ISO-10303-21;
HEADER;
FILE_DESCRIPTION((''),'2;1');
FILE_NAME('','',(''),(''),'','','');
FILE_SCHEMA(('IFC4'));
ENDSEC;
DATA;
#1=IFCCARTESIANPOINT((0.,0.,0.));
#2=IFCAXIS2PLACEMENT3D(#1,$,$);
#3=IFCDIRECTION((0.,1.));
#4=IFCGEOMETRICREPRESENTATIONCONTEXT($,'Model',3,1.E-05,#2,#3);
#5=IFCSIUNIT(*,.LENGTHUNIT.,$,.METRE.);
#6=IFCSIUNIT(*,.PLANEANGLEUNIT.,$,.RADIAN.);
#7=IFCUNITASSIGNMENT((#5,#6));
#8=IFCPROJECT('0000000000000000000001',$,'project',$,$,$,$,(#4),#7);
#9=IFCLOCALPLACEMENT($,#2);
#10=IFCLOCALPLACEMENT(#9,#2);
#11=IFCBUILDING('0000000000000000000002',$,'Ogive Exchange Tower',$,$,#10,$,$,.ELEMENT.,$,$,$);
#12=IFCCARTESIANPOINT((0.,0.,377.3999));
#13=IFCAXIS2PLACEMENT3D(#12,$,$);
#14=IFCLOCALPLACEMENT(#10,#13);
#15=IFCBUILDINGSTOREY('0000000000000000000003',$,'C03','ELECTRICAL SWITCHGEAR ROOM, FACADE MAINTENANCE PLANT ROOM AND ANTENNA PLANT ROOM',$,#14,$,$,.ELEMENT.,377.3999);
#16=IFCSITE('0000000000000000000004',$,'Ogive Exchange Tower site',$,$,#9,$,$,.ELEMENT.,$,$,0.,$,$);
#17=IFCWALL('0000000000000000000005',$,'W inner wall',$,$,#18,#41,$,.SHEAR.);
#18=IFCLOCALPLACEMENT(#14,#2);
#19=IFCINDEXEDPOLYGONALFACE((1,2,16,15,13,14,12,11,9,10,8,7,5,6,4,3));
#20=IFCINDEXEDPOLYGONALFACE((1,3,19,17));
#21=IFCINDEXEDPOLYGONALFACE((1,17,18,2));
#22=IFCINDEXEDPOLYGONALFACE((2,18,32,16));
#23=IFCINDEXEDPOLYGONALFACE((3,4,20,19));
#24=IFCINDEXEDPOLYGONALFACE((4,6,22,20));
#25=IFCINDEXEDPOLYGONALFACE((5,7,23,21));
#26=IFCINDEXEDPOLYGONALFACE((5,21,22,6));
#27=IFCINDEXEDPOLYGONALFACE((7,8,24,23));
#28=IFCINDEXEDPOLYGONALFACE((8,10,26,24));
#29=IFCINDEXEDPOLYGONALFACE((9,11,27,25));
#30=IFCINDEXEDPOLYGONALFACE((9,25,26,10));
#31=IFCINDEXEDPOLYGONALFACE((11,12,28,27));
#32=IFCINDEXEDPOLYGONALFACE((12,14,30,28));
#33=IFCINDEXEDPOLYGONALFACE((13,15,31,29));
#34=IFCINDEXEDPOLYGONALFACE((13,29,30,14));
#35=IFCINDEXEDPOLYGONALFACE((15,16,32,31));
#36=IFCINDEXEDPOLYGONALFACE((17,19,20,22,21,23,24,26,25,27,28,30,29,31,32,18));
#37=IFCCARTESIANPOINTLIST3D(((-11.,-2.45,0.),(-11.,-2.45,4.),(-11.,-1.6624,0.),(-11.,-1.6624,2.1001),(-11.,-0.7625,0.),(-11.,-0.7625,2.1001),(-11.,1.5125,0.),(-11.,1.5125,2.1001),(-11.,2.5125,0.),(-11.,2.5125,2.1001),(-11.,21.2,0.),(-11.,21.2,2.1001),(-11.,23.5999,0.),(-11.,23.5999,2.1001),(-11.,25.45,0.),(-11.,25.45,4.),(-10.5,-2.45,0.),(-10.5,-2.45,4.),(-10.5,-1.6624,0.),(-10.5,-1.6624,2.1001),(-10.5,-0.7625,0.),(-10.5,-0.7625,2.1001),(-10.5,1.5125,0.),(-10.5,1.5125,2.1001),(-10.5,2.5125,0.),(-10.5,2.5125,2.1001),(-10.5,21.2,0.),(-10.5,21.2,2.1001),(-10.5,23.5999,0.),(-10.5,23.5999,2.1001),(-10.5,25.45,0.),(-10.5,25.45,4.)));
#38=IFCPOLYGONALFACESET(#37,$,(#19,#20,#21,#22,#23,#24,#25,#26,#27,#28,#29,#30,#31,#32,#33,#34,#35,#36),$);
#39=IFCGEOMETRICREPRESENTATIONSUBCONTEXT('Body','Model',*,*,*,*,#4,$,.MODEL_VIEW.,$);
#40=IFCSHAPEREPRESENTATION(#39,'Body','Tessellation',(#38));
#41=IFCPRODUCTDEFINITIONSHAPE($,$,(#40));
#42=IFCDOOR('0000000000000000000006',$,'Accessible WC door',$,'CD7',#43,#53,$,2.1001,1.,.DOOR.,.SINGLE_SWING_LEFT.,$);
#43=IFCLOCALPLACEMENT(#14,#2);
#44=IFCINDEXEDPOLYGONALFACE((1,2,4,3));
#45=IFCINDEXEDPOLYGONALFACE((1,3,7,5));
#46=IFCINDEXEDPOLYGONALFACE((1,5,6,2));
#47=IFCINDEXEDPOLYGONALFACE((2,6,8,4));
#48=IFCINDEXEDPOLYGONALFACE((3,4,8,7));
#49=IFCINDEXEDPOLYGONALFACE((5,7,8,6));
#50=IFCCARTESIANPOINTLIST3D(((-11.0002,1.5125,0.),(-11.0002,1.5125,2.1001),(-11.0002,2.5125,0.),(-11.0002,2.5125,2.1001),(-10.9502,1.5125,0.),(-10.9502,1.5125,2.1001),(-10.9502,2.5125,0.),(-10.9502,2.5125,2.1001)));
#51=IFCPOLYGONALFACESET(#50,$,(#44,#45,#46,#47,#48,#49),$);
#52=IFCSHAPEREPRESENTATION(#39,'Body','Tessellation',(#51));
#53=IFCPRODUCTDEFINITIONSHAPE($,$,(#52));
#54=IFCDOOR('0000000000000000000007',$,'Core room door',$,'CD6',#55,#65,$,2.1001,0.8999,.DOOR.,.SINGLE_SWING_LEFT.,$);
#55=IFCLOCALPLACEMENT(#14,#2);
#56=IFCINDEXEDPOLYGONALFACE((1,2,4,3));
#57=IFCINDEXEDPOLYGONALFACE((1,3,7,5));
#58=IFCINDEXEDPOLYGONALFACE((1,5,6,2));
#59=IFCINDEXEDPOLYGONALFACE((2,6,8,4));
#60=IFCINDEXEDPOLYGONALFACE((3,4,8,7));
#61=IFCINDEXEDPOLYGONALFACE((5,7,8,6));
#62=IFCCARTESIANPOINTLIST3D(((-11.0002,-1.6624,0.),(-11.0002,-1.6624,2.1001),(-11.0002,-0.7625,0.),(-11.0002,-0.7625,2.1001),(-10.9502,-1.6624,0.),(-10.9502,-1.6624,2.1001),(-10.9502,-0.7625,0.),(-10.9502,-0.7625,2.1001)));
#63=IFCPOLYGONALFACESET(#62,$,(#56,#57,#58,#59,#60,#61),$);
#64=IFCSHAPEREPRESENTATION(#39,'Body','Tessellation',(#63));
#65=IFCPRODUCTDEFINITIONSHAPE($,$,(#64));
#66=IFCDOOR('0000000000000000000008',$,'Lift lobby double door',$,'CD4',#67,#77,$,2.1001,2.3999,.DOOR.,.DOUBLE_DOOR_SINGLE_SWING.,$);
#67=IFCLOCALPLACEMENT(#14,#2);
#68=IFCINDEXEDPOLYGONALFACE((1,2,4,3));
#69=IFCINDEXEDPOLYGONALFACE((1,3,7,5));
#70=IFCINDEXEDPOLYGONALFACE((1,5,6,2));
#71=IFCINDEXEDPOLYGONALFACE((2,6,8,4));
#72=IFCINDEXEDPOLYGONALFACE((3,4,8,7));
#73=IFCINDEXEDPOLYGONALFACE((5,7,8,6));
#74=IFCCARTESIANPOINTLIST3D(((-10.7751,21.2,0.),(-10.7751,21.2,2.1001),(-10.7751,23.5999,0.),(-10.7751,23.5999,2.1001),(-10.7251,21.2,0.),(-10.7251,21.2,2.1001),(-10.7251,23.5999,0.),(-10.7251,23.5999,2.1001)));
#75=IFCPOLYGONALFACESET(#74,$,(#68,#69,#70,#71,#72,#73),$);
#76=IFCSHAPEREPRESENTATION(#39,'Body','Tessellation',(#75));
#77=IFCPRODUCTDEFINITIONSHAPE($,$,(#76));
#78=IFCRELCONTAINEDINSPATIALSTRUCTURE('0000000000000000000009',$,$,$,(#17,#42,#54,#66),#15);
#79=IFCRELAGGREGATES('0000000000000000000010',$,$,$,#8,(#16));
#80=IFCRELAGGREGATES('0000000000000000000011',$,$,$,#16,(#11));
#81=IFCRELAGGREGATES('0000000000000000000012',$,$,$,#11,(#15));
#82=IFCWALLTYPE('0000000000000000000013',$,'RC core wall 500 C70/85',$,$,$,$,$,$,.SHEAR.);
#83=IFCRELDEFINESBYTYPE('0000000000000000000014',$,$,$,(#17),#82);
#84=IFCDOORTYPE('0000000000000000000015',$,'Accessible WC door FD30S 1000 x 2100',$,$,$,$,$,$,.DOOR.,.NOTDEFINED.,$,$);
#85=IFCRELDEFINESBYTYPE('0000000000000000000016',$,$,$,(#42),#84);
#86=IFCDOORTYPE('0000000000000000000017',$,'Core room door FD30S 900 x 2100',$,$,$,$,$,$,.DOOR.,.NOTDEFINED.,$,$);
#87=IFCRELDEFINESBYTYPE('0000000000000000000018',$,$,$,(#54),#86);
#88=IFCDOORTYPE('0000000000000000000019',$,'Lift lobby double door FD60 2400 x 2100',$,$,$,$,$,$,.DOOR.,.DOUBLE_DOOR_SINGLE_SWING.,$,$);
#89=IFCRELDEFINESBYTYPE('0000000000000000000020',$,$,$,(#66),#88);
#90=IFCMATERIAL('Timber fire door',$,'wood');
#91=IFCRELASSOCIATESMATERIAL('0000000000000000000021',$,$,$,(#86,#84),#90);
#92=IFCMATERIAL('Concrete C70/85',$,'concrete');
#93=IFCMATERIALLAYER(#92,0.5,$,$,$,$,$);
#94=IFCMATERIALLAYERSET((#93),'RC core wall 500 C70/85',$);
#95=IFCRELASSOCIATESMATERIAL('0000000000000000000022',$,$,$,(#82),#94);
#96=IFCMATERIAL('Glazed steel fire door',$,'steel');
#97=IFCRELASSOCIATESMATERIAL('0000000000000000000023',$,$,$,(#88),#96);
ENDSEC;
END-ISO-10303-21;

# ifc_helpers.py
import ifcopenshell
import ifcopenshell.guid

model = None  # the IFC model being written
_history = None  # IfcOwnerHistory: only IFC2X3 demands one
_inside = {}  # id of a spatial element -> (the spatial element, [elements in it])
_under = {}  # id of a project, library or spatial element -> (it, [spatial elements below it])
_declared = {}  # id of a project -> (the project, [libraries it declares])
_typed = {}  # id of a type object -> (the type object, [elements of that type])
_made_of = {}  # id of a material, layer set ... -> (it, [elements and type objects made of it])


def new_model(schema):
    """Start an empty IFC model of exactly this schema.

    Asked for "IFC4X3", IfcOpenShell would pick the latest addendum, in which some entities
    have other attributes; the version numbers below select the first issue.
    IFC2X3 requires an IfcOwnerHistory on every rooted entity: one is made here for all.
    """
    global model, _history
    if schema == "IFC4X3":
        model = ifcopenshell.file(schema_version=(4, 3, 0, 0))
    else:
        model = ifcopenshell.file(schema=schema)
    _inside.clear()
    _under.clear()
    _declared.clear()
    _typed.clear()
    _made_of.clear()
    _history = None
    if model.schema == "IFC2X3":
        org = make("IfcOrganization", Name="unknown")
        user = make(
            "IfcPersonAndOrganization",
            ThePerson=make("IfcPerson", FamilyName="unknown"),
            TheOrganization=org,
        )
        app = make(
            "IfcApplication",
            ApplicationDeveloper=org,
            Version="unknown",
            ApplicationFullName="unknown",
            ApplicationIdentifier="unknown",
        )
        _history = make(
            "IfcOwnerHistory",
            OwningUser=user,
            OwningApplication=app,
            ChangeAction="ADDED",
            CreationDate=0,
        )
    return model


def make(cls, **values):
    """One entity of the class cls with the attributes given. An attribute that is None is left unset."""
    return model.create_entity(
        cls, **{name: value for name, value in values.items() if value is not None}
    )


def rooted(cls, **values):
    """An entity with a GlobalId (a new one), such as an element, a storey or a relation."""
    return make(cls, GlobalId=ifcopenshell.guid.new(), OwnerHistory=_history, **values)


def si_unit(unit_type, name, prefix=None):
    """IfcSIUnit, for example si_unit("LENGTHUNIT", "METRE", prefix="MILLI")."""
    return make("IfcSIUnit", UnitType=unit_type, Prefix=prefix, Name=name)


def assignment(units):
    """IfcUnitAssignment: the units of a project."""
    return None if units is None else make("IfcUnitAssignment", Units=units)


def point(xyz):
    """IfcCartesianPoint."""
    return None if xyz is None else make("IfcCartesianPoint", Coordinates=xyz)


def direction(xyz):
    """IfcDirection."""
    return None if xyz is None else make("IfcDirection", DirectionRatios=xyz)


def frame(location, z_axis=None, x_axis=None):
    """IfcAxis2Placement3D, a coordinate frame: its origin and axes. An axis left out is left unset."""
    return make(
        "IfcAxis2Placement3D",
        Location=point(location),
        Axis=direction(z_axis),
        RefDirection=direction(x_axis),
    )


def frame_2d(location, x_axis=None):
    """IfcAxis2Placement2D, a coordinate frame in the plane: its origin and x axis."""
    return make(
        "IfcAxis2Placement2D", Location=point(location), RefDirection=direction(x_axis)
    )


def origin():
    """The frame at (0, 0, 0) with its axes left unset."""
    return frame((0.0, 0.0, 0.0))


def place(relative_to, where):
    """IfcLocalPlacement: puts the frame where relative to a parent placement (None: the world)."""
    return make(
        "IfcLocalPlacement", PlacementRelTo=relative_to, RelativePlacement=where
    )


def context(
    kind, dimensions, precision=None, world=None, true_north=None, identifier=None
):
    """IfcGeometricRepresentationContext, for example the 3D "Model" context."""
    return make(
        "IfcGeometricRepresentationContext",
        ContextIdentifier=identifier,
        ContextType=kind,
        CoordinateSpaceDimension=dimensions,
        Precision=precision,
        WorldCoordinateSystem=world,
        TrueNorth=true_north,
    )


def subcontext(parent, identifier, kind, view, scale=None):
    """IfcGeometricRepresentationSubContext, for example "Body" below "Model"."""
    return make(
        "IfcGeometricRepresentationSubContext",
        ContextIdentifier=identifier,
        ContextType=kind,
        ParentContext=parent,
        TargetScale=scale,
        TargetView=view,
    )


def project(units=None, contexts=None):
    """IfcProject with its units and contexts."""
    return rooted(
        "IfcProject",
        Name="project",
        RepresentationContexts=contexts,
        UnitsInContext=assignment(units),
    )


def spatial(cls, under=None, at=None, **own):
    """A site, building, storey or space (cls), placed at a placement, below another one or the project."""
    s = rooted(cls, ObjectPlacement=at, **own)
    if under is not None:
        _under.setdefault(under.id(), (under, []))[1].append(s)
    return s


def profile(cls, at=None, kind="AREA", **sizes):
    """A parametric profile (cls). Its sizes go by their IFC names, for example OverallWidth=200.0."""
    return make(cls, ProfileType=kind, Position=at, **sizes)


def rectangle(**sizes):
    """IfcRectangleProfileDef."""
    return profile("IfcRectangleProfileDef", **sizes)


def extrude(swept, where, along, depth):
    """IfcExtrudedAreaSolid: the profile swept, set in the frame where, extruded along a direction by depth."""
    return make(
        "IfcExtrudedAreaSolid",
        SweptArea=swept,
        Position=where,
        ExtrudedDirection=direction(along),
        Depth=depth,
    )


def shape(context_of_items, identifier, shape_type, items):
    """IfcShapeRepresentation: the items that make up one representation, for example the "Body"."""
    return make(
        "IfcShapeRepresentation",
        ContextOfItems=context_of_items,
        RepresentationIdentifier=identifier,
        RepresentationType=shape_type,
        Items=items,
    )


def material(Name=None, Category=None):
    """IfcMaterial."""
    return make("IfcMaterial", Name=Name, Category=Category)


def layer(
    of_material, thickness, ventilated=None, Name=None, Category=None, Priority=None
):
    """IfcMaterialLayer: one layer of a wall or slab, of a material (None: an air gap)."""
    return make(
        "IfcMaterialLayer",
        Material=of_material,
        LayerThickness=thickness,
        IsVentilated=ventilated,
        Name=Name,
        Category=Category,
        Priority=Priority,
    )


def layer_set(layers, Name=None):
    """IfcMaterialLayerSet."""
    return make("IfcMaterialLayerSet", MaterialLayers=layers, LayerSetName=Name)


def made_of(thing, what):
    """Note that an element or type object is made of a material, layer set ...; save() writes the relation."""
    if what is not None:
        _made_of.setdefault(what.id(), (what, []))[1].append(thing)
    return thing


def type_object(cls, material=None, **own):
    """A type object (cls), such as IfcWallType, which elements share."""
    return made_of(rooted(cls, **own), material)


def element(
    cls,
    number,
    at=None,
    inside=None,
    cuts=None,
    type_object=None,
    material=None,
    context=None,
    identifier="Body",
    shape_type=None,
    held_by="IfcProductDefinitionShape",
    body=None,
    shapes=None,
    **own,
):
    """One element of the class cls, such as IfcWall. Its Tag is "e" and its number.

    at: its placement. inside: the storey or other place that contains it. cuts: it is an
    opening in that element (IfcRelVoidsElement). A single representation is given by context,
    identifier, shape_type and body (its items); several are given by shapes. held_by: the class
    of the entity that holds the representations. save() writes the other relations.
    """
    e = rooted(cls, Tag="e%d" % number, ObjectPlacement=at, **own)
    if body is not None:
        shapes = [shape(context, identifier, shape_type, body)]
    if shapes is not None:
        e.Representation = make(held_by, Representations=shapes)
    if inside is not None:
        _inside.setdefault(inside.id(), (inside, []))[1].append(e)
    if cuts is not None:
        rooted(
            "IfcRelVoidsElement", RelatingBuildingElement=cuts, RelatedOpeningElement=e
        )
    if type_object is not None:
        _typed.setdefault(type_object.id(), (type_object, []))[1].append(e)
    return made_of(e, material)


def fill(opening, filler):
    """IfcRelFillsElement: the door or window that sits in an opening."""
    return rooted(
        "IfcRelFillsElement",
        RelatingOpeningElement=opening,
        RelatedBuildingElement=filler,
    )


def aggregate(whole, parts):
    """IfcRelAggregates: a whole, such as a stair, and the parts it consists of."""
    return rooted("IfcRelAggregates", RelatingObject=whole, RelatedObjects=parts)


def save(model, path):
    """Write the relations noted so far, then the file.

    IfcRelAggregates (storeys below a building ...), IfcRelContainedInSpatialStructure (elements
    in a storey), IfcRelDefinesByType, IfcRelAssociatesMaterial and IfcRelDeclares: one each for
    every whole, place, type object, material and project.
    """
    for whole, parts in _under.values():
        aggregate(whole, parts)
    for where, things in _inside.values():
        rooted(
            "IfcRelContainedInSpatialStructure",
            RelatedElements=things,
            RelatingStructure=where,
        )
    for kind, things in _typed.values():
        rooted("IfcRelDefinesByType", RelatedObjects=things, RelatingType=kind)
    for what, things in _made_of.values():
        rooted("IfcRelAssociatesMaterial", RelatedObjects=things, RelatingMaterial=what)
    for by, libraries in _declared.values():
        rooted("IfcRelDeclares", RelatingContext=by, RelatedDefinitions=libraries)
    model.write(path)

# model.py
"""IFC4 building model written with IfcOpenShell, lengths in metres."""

from ifc_helpers import new_model, si_unit, direction, frame, frame_2d, origin, place, context, subcontext, project, spatial, rectangle, extrude, material, layer, layer_set, type_object, element, fill, save


model = new_model("IFC4")

# Units and contexts
model_context = context("Model", 3, precision=1e-05, world=origin(), true_north=direction((0.0, 1.0)))
body_context = subcontext(model_context, "Body", "Model", "MODEL_VIEW")
ifc_project = project(units=[si_unit("LENGTHUNIT", "METRE"), si_unit("PLANEANGLEUNIT", "RADIAN")], contexts=[model_context])

# Site, building, storey
site_placement = place(None, origin())
site = spatial("IfcSite", under=ifc_project, at=site_placement, Name="Ogive Exchange Tower site", CompositionType="ELEMENT", RefElevation=0.0)
building_placement = place(site_placement, origin())
building = spatial("IfcBuilding", under=site, at=building_placement, Name="Ogive Exchange Tower", CompositionType="ELEMENT")
storey_placement = place(building_placement, frame((0.0, 0.0, 377.3999)))
storey = spatial("IfcBuildingStorey", under=building, at=storey_placement, Name="C03", Description="ELECTRICAL SWITCHGEAR ROOM, FACADE MAINTENANCE PLANT ROOM AND ANTENNA PLANT ROOM", CompositionType="ELEMENT", Elevation=377.3999)

# Shared definitions
ifc_material_1 = material(Name="Concrete C70/85", Category="concrete")

# Wall, openings, doors
ifc_material_2 = material(Name="Timber fire door", Category="wood")
door_type_1 = type_object("IfcDoorType", Name="Core room door FD30S 900 x 2100", OperationType="NOTDEFINED", PredefinedType="DOOR", material=ifc_material_2)
ifc_layer_1 = layer(ifc_material_1, 0.5)
ifc_layer_set_1 = layer_set([ifc_layer_1], Name="RC core wall 500 C70/85")
wall_type_1 = type_object("IfcWallType", Name="RC core wall 500 C70/85", PredefinedType="SHEAR", material=ifc_layer_set_1)
wall_1_placement = place(storey_placement, frame((-10.75, -2.45, 0.0), z_axis=(0.0, 0.0, 1.0), x_axis=(0.0, 1.0, 0.0)))
wall_1 = element("IfcWall", 1, at=wall_1_placement, inside=storey, type_object=wall_type_1, Name="W inner wall", PredefinedType="SHEAR", context=body_context, shape_type="SweptSolid", body=[
    extrude(rectangle(XDim=27.8999, YDim=0.5, at=frame_2d((13.95, 0.0))), origin(), (0.0, 0.0, 1.0), 4.0),
])
opening_1_placement = place(wall_1_placement, frame((23.6499, 0.0, 0.0)))
opening_1 = element("IfcOpeningElement", 2, at=opening_1_placement, cuts=wall_1, PredefinedType="OPENING", context=body_context, shape_type="SweptSolid", body=[
    extrude(rectangle(XDim=2.3999, YDim=2.1001, at=frame_2d((1.2, 1.05))), frame((0.0, 0.26, 0.0), z_axis=(0.0, -1.0, 0.0), x_axis=(1.0, 0.0, 0.0)), (0.0, 0.0, 1.0), 0.52),
])
opening_2_placement = place(wall_1_placement, frame((0.7876, 0.0, 0.0)))
opening_2 = element("IfcOpeningElement", 3, at=opening_2_placement, cuts=wall_1, PredefinedType="OPENING", context=body_context, shape_type="SweptSolid", body=[
    extrude(rectangle(XDim=0.8999, YDim=2.1001, at=frame_2d((0.45, 1.05))), frame((0.0, 0.26, 0.0), z_axis=(0.0, -1.0, 0.0), x_axis=(1.0, 0.0, 0.0)), (0.0, 0.0, 1.0), 0.52),
])
opening_3_placement = place(wall_1_placement, frame((3.9624, 0.0, 0.0)))
opening_3 = element("IfcOpeningElement", 4, at=opening_3_placement, cuts=wall_1, PredefinedType="OPENING", context=body_context, shape_type="SweptSolid", body=[
    extrude(rectangle(XDim=1.0, YDim=2.1001, at=frame_2d((0.5, 1.05))), frame((0.0, 0.26, 0.0), z_axis=(0.0, -1.0, 0.0), x_axis=(1.0, 0.0, 0.0)), (0.0, 0.0, 1.0), 0.52),
])
door_type_2 = type_object("IfcDoorType", Name="Accessible WC door FD30S 1000 x 2100", OperationType="NOTDEFINED", PredefinedType="DOOR", material=ifc_material_2)
door_1_placement = place(opening_3_placement, frame((1.0, 0.4502, 0.0), z_axis=(0.0, 0.0, 1.0), x_axis=(-1.0, 0.0, 0.0)))
door_1 = element("IfcDoor", 5, at=door_1_placement, inside=storey, type_object=door_type_2, Name="Accessible WC door", ObjectType="CD7", OperationType="SINGLE_SWING_LEFT", OverallHeight=2.1001, OverallWidth=1.0, PredefinedType="DOOR", context=body_context, shape_type="SweptSolid", body=[
    extrude(rectangle(XDim=1.0, YDim=2.1001, at=frame_2d((0.5, 1.05))), frame((0.0, 0.25, 0.0), z_axis=(0.0, -1.0, 0.0), x_axis=(1.0, 0.0, 0.0)), (0.0, 0.0, 1.0), 0.05),
])
fill(opening_3, door_1)
door_2_placement = place(opening_2_placement, frame((0.8999, 0.4502, 0.0), z_axis=(0.0, 0.0, 1.0), x_axis=(-1.0, 0.0, 0.0)))
door_2 = element("IfcDoor", 6, at=door_2_placement, inside=storey, type_object=door_type_1, Name="Core room door", ObjectType="CD6", OperationType="SINGLE_SWING_LEFT", OverallHeight=2.1001, OverallWidth=0.8999, PredefinedType="DOOR", context=body_context, shape_type="SweptSolid", body=[
    extrude(rectangle(XDim=0.8999, YDim=2.1001, at=frame_2d((0.45, 1.05))), frame((0.0, 0.25, 0.0), z_axis=(0.0, -1.0, 0.0), x_axis=(1.0, 0.0, 0.0)), (0.0, 0.0, 1.0), 0.05),
])
fill(opening_2, door_2)
ifc_material_3 = material(Name="Glazed steel fire door", Category="steel")
door_type_3 = type_object("IfcDoorType", Name="Lift lobby double door FD60 2400 x 2100", OperationType="DOUBLE_DOOR_SINGLE_SWING", PredefinedType="DOOR", material=ifc_material_3)
door_3_placement = place(opening_1_placement, frame((2.3999, 0.0, 0.0), z_axis=(0.0, 0.0, 1.0), x_axis=(-1.0, 0.0, 0.0)))
door_3 = element("IfcDoor", 7, at=door_3_placement, inside=storey, type_object=door_type_3, Name="Lift lobby double door", ObjectType="CD4", OperationType="DOUBLE_DOOR_SINGLE_SWING", OverallHeight=2.1001, OverallWidth=2.3999, PredefinedType="DOOR", context=body_context, shape_type="SweptSolid", body=[
    extrude(rectangle(XDim=2.3999, YDim=2.1001, at=frame_2d((1.2, 1.05))), frame((0.0, 0.0249, 0.0), z_axis=(0.0, -1.0, 0.0), x_axis=(1.0, 0.0, 0.0)), (0.0, 0.0, 1.0), 0.05),
])
fill(opening_1, door_3)

save(model, "model.ifc")
